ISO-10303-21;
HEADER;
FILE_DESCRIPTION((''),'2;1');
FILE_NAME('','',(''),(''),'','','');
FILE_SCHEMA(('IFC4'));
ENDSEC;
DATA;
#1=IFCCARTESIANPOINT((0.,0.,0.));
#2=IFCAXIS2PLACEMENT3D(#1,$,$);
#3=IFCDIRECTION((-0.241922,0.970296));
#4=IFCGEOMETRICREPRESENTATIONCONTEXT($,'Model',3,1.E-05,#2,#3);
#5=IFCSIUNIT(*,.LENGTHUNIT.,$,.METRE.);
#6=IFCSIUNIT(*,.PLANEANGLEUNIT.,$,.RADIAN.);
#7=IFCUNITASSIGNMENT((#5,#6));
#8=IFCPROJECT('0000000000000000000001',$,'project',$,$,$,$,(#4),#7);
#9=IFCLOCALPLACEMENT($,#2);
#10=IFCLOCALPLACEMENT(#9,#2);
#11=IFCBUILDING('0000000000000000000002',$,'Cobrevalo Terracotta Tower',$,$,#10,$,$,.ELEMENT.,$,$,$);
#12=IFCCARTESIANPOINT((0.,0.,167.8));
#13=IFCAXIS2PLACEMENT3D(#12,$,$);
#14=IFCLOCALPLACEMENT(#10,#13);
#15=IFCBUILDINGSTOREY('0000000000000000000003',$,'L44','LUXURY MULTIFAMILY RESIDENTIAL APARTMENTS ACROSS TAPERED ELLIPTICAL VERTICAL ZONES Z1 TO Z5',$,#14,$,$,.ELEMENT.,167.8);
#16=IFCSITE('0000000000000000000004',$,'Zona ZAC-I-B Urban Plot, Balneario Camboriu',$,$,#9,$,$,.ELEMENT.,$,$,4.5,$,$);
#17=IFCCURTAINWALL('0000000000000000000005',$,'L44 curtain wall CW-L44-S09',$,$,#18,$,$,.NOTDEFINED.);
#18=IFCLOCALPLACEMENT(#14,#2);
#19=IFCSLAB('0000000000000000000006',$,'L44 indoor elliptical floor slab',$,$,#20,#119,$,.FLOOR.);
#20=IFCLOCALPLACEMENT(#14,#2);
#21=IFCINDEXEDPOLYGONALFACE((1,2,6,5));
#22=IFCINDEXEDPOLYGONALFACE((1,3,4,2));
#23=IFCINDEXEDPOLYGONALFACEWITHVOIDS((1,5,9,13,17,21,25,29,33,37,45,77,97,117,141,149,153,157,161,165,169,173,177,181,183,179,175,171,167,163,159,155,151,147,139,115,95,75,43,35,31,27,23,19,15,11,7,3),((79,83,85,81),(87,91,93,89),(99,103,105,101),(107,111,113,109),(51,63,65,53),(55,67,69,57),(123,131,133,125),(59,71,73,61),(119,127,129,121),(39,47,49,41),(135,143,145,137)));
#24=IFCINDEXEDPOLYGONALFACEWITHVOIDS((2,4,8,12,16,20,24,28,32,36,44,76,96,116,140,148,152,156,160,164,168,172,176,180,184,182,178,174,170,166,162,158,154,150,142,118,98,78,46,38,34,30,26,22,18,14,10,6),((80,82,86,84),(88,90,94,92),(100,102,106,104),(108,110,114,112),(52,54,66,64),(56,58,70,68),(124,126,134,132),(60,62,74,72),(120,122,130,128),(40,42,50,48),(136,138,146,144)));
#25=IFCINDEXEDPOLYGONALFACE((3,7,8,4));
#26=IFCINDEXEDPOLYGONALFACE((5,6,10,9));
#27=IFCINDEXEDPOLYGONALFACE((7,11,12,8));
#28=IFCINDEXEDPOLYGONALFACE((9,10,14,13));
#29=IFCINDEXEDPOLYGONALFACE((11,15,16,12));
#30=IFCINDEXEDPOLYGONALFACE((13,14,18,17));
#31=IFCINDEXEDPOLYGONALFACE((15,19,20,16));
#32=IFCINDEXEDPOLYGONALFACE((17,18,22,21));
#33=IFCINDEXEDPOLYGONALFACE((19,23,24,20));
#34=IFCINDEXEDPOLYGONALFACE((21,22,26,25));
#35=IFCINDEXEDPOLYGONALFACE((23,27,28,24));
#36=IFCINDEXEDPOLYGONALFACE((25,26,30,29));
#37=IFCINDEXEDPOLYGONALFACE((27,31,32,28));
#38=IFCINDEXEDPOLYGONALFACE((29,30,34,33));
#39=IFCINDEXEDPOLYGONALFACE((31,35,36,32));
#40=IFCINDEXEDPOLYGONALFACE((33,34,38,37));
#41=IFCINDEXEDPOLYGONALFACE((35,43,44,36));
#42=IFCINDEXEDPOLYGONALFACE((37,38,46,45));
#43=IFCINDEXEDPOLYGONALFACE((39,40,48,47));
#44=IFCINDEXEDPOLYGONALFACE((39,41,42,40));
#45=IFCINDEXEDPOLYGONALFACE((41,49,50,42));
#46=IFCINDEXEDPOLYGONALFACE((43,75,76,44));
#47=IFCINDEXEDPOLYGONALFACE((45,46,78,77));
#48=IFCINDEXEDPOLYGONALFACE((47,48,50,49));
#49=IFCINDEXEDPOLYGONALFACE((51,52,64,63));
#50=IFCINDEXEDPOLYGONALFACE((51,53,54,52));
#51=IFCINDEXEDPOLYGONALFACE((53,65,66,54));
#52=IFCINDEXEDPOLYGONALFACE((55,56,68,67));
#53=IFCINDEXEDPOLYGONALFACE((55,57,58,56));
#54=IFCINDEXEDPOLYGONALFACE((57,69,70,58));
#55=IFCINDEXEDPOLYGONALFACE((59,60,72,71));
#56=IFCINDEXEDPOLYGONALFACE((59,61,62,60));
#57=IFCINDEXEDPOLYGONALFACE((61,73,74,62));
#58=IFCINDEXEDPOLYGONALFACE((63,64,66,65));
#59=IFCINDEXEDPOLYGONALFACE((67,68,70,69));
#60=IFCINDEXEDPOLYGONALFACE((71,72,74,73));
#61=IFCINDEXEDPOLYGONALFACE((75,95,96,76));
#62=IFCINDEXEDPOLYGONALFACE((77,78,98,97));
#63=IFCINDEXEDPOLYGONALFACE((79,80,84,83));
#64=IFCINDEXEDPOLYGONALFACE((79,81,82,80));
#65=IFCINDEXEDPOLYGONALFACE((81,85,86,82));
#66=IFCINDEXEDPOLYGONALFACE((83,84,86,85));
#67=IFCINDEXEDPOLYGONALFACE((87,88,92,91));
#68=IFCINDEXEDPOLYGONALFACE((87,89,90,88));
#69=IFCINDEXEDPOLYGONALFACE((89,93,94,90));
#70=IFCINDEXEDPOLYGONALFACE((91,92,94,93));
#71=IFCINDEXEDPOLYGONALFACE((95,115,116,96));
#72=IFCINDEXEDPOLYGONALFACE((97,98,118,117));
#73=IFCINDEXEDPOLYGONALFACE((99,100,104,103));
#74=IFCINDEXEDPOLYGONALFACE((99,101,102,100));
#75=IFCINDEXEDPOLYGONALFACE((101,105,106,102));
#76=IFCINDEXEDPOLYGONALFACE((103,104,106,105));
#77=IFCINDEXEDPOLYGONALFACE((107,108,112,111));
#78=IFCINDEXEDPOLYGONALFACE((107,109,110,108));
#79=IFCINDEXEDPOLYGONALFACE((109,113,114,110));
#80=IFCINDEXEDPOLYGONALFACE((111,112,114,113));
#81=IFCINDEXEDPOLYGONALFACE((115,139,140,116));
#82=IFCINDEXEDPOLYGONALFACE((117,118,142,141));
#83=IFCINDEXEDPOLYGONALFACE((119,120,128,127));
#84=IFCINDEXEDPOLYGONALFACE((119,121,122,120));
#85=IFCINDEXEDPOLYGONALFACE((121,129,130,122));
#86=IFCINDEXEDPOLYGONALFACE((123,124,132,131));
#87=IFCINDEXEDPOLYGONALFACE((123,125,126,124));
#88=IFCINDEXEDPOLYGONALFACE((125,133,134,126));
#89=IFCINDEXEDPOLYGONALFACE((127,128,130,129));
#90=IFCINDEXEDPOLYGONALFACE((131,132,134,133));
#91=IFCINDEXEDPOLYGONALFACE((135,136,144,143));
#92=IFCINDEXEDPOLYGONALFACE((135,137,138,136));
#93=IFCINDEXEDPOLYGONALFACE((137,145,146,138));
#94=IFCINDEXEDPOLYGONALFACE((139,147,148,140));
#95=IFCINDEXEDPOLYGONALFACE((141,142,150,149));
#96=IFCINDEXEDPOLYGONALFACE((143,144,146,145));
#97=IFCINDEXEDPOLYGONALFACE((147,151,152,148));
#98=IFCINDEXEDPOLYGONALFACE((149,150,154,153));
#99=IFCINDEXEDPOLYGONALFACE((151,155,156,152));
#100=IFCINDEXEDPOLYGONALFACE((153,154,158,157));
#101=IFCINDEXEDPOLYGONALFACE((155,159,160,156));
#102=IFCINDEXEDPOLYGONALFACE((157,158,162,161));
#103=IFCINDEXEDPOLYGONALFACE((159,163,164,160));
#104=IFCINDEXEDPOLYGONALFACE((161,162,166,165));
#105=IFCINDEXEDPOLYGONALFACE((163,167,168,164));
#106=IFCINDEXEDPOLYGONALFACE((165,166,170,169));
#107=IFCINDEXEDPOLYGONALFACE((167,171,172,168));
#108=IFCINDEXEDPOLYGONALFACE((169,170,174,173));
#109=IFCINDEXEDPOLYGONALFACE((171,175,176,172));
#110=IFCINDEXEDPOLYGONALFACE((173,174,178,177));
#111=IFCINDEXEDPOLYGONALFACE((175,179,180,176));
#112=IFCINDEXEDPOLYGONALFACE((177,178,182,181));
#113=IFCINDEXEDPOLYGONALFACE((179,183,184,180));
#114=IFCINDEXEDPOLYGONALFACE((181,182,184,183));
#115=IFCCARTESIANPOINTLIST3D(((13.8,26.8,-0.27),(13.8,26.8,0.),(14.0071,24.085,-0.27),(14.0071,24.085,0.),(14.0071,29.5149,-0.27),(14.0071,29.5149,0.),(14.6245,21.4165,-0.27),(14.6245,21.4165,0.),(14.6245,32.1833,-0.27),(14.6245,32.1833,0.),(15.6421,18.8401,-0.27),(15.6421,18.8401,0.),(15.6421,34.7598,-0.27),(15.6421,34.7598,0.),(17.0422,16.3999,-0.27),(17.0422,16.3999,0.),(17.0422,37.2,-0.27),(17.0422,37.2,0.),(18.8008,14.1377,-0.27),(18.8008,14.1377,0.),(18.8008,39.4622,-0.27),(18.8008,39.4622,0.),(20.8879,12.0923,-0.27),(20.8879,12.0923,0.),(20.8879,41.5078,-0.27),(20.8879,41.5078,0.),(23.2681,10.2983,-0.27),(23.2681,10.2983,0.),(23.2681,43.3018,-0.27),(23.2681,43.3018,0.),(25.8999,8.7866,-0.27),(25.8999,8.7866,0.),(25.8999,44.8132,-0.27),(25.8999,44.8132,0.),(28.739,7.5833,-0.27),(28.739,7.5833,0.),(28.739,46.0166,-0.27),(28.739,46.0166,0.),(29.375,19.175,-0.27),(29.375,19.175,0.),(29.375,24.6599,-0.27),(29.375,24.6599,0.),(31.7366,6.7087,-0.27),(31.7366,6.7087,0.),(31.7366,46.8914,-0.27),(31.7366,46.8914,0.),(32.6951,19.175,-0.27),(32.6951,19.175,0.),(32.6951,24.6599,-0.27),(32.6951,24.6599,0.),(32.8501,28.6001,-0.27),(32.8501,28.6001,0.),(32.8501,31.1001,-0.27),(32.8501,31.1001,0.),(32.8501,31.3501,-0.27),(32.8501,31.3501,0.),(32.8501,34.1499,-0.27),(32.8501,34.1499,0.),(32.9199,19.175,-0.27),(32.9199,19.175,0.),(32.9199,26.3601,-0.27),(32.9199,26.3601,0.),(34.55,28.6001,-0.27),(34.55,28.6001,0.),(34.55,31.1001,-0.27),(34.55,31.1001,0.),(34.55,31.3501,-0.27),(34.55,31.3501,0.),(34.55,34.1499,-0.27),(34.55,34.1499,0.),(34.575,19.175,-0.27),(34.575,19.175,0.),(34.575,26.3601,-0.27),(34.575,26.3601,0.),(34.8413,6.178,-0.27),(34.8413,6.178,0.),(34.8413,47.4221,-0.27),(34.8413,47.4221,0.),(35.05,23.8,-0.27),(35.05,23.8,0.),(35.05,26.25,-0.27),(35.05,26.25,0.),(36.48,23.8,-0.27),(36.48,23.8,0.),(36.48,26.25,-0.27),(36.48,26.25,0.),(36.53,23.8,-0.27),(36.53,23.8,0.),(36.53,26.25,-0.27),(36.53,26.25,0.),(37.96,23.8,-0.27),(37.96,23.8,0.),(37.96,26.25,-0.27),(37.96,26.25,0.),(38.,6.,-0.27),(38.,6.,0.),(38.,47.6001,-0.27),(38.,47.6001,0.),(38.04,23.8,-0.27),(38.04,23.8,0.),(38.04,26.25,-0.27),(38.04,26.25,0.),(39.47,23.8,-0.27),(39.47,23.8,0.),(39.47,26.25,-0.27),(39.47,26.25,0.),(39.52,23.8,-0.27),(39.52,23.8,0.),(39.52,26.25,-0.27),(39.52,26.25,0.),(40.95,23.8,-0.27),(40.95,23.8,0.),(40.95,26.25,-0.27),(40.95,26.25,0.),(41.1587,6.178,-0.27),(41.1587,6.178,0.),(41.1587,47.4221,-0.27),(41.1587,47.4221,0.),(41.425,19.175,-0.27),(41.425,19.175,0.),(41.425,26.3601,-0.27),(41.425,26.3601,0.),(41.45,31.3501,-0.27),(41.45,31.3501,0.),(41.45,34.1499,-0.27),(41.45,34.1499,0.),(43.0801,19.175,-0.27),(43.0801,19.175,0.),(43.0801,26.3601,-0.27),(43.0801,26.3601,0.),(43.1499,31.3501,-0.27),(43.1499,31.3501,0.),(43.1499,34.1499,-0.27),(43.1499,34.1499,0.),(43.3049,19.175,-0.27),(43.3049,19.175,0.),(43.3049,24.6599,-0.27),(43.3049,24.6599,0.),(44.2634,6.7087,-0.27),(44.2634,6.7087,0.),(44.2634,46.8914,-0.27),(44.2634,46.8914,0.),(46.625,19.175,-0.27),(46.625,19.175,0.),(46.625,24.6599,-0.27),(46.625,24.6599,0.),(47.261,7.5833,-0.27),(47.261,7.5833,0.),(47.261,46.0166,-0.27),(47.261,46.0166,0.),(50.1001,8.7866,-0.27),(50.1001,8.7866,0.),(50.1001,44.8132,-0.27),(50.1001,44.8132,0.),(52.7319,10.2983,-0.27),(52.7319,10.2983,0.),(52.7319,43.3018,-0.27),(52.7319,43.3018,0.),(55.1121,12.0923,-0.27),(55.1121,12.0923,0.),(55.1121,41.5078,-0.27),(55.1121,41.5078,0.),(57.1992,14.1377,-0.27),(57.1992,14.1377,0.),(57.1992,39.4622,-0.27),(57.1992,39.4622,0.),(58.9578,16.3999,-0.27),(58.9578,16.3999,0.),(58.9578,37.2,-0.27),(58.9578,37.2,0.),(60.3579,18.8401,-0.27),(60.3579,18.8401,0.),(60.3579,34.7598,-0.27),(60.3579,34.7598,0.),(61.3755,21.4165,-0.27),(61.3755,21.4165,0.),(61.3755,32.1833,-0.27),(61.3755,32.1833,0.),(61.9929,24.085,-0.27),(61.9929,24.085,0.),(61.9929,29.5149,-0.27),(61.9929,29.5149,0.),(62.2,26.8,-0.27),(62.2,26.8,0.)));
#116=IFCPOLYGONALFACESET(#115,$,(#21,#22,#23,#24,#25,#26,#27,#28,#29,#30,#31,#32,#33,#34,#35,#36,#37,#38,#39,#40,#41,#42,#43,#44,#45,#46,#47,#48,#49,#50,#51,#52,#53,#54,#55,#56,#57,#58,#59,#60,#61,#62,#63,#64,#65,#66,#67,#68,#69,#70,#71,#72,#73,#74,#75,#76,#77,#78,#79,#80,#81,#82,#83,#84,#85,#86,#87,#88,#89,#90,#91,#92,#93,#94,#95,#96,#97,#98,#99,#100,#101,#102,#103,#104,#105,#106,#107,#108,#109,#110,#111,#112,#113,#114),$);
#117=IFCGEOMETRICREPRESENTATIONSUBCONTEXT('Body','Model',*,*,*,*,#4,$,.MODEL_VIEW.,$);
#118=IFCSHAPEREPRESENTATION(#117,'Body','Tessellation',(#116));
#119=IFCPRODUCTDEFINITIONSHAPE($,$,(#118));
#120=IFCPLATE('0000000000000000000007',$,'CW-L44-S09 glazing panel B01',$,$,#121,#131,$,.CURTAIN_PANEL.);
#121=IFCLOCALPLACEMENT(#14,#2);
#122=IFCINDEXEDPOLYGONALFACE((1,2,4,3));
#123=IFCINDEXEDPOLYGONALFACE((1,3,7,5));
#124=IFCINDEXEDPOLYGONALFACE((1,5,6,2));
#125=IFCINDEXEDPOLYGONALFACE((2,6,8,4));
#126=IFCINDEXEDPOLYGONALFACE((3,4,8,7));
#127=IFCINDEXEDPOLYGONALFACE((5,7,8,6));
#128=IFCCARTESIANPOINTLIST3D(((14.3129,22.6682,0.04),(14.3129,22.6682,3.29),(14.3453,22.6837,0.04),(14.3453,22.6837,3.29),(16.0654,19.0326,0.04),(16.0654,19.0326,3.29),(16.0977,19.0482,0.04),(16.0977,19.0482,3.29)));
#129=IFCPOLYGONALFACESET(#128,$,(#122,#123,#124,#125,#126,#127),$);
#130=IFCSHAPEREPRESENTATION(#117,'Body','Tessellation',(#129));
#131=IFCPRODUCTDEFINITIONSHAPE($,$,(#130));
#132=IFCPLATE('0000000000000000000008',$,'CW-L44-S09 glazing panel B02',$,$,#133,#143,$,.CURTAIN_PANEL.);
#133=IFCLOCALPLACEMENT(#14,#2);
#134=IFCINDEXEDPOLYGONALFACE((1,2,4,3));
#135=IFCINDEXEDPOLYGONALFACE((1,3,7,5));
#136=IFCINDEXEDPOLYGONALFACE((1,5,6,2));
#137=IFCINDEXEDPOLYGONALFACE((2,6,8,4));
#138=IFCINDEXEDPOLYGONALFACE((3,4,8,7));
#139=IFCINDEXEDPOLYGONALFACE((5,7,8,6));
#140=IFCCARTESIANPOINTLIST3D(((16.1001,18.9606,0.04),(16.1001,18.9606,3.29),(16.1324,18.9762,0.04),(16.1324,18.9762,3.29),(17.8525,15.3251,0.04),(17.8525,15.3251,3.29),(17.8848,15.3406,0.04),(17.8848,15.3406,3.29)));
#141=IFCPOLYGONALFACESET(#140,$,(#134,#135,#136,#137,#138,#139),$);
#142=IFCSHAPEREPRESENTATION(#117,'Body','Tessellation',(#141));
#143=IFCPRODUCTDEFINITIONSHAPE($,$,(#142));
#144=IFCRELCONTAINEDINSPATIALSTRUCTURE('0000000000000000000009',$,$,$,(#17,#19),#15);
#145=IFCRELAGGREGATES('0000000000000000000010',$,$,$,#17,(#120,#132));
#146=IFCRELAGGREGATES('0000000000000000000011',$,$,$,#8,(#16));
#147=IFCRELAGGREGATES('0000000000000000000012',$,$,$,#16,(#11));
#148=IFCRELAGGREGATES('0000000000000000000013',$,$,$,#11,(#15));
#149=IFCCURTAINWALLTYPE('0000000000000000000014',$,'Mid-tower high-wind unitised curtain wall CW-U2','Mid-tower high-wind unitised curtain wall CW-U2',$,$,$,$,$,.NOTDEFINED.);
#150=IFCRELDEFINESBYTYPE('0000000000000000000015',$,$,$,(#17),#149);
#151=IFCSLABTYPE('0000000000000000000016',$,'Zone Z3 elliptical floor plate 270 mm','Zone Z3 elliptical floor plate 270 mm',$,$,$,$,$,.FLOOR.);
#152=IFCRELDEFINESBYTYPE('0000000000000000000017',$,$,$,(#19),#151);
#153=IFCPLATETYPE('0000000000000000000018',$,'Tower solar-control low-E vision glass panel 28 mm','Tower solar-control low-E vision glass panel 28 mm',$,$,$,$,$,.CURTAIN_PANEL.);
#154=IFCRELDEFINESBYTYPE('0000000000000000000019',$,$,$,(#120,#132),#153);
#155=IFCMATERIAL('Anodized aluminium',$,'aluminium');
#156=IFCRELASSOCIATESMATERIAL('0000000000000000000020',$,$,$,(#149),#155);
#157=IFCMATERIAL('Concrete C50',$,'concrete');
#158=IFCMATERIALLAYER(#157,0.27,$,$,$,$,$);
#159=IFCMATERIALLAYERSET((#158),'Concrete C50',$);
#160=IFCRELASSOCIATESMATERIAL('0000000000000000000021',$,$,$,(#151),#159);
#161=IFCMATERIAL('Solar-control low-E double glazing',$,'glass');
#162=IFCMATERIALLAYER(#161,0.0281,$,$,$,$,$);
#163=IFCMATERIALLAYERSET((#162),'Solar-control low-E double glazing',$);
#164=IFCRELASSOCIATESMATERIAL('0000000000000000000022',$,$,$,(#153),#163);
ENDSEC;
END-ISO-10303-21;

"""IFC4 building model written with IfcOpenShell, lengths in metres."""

from ifc_helpers import new_model, si_unit, direction, frame, origin, origin_2d, place, context, subcontext, project, spatial, polyline, rectangle, outline, extrude, source, transform, mapped, material, layer, layer_set, type_object, element, aggregate, save


model = new_model("IFC4")

# Units and contexts
model_context = context("Model", 3, precision=1e-05, world=origin(), true_north=direction((-0.241922, 0.970296)))
body_context = subcontext(model_context, "Body", "Model", "MODEL_VIEW")
ifc_project = project(units=[si_unit("LENGTHUNIT", "METRE"), si_unit("PLANEANGLEUNIT", "RADIAN")], contexts=[model_context])

# Site, building, storey
site_placement = place(None, origin())
site = spatial("IfcSite", under=ifc_project, at=site_placement, Name="Zona ZAC-I-B Urban Plot, Balneario Camboriu", CompositionType="ELEMENT", RefElevation=4.5)
building_placement = place(site_placement, origin())
building = spatial("IfcBuilding", under=site, at=building_placement, Name="Cobrevalo Terracotta Tower", CompositionType="ELEMENT")
storey_placement = place(building_placement, frame((0.0, 0.0, 167.8)))
storey = spatial("IfcBuildingStorey", under=building, at=storey_placement, Name="L44", Description="LUXURY MULTIFAMILY RESIDENTIAL APARTMENTS ACROSS TAPERED ELLIPTICAL VERTICAL ZONES Z1 TO Z5", CompositionType="ELEMENT", Elevation=167.8)

# Curtain wall
ifc_material_1 = material(Name="Anodized aluminium", Category="aluminium")
curtain_wall_type = type_object("IfcCurtainWallType", Name="Mid-tower high-wind unitised curtain wall CW-U2", Description="Mid-tower high-wind unitised curtain wall CW-U2", PredefinedType="NOTDEFINED", material=ifc_material_1)
curtain_wall_1_placement = place(storey_placement, origin())
curtain_wall_1 = element("IfcCurtainWall", 1, at=curtain_wall_1_placement, inside=storey, type_object=curtain_wall_type, Name="L44 curtain wall CW-L44-S09", PredefinedType="NOTDEFINED")

# Shared definitions
ifc_material_2 = material(Name="Concrete C50", Category="concrete")

# Slab
ifc_layer_1 = layer(ifc_material_2, 0.27)
ifc_layer_set_1 = layer_set([ifc_layer_1], Name="Concrete C50")
slab_type_1 = type_object("IfcSlabType", Name="Zone Z3 elliptical floor plate 270 mm", Description="Zone Z3 elliptical floor plate 270 mm", PredefinedType="FLOOR", material=ifc_layer_set_1)
slab_1_placement = place(storey_placement, frame((0.0, 0.0, -0.27)))
element("IfcSlab", 2, at=slab_1_placement, inside=storey, type_object=slab_type_1, Name="L44 indoor elliptical floor slab", PredefinedType="FLOOR", context=body_context, shape_type="SweptSolid", body=[
    extrude(outline(polyline([(61.9929, 24.085), (61.3755, 21.4165), (60.3579, 18.8401), (58.9578, 16.3999), (57.1992, 14.1377), (55.1121, 12.0923), (52.7319, 10.2983), (50.1001, 8.7866), (47.261, 7.5833), (44.2634, 6.7087), (41.1587, 6.178), (38.0, 6.0), (34.8413, 6.178), (31.7366, 6.7087), (28.739, 7.5833), (25.8999, 8.7866), (23.2681, 10.2983), (20.8879, 12.0923), (18.8008, 14.1377), (17.0422, 16.3999), (15.6421, 18.8401), (14.6245, 21.4165), (14.0071, 24.085), (13.8, 26.8), (14.0071, 29.5149), (14.6245, 32.1833), (15.6421, 34.7598), (17.0422, 37.2), (18.8008, 39.4622), (20.8879, 41.5078), (23.2681, 43.3018), (25.8999, 44.8132), (28.739, 46.0166), (31.7366, 46.8914), (34.8413, 47.4221), (38.0, 47.6001), (41.1587, 47.4221), (44.2634, 46.8914), (47.261, 46.0166), (50.1001, 44.8132), (52.7319, 43.3018), (55.1121, 41.5078), (57.1992, 39.4622), (58.9578, 37.2), (60.3579, 34.7598), (61.3755, 32.1833), (61.9929, 29.5149), (62.2, 26.8), (61.9929, 24.085)]), holes=[polyline([(32.6951, 19.175), (32.6951, 24.6599), (29.375, 24.6599), (29.375, 19.175), (32.6951, 19.175)]), polyline([(34.575, 26.3601), (32.9199, 26.3601), (32.9199, 19.175), (34.575, 19.175), (34.575, 26.3601)]), polyline([(36.48, 26.25), (35.05, 26.25), (35.05, 23.8), (36.48, 23.8), (36.48, 26.25)]), polyline([(37.96, 23.8), (37.96, 26.25), (36.53, 26.25), (36.53, 23.8), (37.96, 23.8)]), polyline([(34.55, 28.6001), (34.55, 31.1001), (32.8501, 31.1001), (32.8501, 28.6001), (34.55, 28.6001)]), polyline([(34.55, 34.1499), (32.8501, 34.1499), (32.8501, 31.3501), (34.55, 31.3501), (34.55, 34.1499)]), polyline([(43.3049, 19.175), (46.625, 19.175), (46.625, 24.6599), (43.3049, 24.6599), (43.3049, 19.175)]), polyline([(43.0801, 19.175), (43.0801, 26.3601), (41.425, 26.3601), (41.425, 19.175), (43.0801, 19.175)]), polyline([(39.47, 26.25), (38.04, 26.25), (38.04, 23.8), (39.47, 23.8), (39.47, 26.25)]), polyline([(40.95, 23.8), (40.95, 26.25), (39.52, 26.25), (39.52, 23.8), (40.95, 23.8)]), polyline([(43.1499, 31.3501), (43.1499, 34.1499), (41.45, 34.1499), (41.45, 31.3501), (43.1499, 31.3501)])]), origin(), (0.0, 0.0, 1.0), 0.27),
])

# Plates
ifc_material_3 = material(Name="Solar-control low-E double glazing", Category="glass")
ifc_layer_2 = layer(ifc_material_3, 0.0281)
ifc_layer_set_2 = layer_set([ifc_layer_2], Name="Solar-control low-E double glazing")
plate_type = type_object("IfcPlateType", Name="Tower solar-control low-E vision glass panel 28 mm", Description="Tower solar-control low-E vision glass panel 28 mm", PredefinedType="CURTAIN_PANEL", material=ifc_layer_set_2)
shared_shape_1 = source(origin(), body_context, "Body", "SweptSolid", [
    extrude(rectangle(XDim=4.0359, YDim=0.0359, at=origin_2d()), origin(), (0.0, 0.0, 1.0), 3.25),
])
plate_1_placement = place(storey_placement, frame((15.2053, 20.8582, 0.04), z_axis=(0.0, 0.0, 1.0), x_axis=(0.434209, -0.900812, 0.0)))
plate_1 = element("IfcPlate", 3, at=plate_1_placement, type_object=plate_type, Name="CW-L44-S09 glazing panel B01", PredefinedType="CURTAIN_PANEL", context=body_context, shape_type="MappedRepresentation", body=[
    mapped(shared_shape_1, transform((0.0, 0.0, 0.0), scale=1.0)),
])
plate_2_placement = place(storey_placement, frame((16.9924, 17.1506, 0.04), z_axis=(0.0, 0.0, 1.0), x_axis=(0.434209, -0.900812, 0.0)))
plate_2 = element("IfcPlate", 4, at=plate_2_placement, type_object=plate_type, Name="CW-L44-S09 glazing panel B02", PredefinedType="CURTAIN_PANEL", context=body_context, shape_type="MappedRepresentation", body=[
    mapped(shared_shape_1, transform((0.0, 0.0, 0.0), scale=1.0)),
])
aggregate(curtain_wall_1, [plate_1, plate_2])

save(model, "model.ifc")
